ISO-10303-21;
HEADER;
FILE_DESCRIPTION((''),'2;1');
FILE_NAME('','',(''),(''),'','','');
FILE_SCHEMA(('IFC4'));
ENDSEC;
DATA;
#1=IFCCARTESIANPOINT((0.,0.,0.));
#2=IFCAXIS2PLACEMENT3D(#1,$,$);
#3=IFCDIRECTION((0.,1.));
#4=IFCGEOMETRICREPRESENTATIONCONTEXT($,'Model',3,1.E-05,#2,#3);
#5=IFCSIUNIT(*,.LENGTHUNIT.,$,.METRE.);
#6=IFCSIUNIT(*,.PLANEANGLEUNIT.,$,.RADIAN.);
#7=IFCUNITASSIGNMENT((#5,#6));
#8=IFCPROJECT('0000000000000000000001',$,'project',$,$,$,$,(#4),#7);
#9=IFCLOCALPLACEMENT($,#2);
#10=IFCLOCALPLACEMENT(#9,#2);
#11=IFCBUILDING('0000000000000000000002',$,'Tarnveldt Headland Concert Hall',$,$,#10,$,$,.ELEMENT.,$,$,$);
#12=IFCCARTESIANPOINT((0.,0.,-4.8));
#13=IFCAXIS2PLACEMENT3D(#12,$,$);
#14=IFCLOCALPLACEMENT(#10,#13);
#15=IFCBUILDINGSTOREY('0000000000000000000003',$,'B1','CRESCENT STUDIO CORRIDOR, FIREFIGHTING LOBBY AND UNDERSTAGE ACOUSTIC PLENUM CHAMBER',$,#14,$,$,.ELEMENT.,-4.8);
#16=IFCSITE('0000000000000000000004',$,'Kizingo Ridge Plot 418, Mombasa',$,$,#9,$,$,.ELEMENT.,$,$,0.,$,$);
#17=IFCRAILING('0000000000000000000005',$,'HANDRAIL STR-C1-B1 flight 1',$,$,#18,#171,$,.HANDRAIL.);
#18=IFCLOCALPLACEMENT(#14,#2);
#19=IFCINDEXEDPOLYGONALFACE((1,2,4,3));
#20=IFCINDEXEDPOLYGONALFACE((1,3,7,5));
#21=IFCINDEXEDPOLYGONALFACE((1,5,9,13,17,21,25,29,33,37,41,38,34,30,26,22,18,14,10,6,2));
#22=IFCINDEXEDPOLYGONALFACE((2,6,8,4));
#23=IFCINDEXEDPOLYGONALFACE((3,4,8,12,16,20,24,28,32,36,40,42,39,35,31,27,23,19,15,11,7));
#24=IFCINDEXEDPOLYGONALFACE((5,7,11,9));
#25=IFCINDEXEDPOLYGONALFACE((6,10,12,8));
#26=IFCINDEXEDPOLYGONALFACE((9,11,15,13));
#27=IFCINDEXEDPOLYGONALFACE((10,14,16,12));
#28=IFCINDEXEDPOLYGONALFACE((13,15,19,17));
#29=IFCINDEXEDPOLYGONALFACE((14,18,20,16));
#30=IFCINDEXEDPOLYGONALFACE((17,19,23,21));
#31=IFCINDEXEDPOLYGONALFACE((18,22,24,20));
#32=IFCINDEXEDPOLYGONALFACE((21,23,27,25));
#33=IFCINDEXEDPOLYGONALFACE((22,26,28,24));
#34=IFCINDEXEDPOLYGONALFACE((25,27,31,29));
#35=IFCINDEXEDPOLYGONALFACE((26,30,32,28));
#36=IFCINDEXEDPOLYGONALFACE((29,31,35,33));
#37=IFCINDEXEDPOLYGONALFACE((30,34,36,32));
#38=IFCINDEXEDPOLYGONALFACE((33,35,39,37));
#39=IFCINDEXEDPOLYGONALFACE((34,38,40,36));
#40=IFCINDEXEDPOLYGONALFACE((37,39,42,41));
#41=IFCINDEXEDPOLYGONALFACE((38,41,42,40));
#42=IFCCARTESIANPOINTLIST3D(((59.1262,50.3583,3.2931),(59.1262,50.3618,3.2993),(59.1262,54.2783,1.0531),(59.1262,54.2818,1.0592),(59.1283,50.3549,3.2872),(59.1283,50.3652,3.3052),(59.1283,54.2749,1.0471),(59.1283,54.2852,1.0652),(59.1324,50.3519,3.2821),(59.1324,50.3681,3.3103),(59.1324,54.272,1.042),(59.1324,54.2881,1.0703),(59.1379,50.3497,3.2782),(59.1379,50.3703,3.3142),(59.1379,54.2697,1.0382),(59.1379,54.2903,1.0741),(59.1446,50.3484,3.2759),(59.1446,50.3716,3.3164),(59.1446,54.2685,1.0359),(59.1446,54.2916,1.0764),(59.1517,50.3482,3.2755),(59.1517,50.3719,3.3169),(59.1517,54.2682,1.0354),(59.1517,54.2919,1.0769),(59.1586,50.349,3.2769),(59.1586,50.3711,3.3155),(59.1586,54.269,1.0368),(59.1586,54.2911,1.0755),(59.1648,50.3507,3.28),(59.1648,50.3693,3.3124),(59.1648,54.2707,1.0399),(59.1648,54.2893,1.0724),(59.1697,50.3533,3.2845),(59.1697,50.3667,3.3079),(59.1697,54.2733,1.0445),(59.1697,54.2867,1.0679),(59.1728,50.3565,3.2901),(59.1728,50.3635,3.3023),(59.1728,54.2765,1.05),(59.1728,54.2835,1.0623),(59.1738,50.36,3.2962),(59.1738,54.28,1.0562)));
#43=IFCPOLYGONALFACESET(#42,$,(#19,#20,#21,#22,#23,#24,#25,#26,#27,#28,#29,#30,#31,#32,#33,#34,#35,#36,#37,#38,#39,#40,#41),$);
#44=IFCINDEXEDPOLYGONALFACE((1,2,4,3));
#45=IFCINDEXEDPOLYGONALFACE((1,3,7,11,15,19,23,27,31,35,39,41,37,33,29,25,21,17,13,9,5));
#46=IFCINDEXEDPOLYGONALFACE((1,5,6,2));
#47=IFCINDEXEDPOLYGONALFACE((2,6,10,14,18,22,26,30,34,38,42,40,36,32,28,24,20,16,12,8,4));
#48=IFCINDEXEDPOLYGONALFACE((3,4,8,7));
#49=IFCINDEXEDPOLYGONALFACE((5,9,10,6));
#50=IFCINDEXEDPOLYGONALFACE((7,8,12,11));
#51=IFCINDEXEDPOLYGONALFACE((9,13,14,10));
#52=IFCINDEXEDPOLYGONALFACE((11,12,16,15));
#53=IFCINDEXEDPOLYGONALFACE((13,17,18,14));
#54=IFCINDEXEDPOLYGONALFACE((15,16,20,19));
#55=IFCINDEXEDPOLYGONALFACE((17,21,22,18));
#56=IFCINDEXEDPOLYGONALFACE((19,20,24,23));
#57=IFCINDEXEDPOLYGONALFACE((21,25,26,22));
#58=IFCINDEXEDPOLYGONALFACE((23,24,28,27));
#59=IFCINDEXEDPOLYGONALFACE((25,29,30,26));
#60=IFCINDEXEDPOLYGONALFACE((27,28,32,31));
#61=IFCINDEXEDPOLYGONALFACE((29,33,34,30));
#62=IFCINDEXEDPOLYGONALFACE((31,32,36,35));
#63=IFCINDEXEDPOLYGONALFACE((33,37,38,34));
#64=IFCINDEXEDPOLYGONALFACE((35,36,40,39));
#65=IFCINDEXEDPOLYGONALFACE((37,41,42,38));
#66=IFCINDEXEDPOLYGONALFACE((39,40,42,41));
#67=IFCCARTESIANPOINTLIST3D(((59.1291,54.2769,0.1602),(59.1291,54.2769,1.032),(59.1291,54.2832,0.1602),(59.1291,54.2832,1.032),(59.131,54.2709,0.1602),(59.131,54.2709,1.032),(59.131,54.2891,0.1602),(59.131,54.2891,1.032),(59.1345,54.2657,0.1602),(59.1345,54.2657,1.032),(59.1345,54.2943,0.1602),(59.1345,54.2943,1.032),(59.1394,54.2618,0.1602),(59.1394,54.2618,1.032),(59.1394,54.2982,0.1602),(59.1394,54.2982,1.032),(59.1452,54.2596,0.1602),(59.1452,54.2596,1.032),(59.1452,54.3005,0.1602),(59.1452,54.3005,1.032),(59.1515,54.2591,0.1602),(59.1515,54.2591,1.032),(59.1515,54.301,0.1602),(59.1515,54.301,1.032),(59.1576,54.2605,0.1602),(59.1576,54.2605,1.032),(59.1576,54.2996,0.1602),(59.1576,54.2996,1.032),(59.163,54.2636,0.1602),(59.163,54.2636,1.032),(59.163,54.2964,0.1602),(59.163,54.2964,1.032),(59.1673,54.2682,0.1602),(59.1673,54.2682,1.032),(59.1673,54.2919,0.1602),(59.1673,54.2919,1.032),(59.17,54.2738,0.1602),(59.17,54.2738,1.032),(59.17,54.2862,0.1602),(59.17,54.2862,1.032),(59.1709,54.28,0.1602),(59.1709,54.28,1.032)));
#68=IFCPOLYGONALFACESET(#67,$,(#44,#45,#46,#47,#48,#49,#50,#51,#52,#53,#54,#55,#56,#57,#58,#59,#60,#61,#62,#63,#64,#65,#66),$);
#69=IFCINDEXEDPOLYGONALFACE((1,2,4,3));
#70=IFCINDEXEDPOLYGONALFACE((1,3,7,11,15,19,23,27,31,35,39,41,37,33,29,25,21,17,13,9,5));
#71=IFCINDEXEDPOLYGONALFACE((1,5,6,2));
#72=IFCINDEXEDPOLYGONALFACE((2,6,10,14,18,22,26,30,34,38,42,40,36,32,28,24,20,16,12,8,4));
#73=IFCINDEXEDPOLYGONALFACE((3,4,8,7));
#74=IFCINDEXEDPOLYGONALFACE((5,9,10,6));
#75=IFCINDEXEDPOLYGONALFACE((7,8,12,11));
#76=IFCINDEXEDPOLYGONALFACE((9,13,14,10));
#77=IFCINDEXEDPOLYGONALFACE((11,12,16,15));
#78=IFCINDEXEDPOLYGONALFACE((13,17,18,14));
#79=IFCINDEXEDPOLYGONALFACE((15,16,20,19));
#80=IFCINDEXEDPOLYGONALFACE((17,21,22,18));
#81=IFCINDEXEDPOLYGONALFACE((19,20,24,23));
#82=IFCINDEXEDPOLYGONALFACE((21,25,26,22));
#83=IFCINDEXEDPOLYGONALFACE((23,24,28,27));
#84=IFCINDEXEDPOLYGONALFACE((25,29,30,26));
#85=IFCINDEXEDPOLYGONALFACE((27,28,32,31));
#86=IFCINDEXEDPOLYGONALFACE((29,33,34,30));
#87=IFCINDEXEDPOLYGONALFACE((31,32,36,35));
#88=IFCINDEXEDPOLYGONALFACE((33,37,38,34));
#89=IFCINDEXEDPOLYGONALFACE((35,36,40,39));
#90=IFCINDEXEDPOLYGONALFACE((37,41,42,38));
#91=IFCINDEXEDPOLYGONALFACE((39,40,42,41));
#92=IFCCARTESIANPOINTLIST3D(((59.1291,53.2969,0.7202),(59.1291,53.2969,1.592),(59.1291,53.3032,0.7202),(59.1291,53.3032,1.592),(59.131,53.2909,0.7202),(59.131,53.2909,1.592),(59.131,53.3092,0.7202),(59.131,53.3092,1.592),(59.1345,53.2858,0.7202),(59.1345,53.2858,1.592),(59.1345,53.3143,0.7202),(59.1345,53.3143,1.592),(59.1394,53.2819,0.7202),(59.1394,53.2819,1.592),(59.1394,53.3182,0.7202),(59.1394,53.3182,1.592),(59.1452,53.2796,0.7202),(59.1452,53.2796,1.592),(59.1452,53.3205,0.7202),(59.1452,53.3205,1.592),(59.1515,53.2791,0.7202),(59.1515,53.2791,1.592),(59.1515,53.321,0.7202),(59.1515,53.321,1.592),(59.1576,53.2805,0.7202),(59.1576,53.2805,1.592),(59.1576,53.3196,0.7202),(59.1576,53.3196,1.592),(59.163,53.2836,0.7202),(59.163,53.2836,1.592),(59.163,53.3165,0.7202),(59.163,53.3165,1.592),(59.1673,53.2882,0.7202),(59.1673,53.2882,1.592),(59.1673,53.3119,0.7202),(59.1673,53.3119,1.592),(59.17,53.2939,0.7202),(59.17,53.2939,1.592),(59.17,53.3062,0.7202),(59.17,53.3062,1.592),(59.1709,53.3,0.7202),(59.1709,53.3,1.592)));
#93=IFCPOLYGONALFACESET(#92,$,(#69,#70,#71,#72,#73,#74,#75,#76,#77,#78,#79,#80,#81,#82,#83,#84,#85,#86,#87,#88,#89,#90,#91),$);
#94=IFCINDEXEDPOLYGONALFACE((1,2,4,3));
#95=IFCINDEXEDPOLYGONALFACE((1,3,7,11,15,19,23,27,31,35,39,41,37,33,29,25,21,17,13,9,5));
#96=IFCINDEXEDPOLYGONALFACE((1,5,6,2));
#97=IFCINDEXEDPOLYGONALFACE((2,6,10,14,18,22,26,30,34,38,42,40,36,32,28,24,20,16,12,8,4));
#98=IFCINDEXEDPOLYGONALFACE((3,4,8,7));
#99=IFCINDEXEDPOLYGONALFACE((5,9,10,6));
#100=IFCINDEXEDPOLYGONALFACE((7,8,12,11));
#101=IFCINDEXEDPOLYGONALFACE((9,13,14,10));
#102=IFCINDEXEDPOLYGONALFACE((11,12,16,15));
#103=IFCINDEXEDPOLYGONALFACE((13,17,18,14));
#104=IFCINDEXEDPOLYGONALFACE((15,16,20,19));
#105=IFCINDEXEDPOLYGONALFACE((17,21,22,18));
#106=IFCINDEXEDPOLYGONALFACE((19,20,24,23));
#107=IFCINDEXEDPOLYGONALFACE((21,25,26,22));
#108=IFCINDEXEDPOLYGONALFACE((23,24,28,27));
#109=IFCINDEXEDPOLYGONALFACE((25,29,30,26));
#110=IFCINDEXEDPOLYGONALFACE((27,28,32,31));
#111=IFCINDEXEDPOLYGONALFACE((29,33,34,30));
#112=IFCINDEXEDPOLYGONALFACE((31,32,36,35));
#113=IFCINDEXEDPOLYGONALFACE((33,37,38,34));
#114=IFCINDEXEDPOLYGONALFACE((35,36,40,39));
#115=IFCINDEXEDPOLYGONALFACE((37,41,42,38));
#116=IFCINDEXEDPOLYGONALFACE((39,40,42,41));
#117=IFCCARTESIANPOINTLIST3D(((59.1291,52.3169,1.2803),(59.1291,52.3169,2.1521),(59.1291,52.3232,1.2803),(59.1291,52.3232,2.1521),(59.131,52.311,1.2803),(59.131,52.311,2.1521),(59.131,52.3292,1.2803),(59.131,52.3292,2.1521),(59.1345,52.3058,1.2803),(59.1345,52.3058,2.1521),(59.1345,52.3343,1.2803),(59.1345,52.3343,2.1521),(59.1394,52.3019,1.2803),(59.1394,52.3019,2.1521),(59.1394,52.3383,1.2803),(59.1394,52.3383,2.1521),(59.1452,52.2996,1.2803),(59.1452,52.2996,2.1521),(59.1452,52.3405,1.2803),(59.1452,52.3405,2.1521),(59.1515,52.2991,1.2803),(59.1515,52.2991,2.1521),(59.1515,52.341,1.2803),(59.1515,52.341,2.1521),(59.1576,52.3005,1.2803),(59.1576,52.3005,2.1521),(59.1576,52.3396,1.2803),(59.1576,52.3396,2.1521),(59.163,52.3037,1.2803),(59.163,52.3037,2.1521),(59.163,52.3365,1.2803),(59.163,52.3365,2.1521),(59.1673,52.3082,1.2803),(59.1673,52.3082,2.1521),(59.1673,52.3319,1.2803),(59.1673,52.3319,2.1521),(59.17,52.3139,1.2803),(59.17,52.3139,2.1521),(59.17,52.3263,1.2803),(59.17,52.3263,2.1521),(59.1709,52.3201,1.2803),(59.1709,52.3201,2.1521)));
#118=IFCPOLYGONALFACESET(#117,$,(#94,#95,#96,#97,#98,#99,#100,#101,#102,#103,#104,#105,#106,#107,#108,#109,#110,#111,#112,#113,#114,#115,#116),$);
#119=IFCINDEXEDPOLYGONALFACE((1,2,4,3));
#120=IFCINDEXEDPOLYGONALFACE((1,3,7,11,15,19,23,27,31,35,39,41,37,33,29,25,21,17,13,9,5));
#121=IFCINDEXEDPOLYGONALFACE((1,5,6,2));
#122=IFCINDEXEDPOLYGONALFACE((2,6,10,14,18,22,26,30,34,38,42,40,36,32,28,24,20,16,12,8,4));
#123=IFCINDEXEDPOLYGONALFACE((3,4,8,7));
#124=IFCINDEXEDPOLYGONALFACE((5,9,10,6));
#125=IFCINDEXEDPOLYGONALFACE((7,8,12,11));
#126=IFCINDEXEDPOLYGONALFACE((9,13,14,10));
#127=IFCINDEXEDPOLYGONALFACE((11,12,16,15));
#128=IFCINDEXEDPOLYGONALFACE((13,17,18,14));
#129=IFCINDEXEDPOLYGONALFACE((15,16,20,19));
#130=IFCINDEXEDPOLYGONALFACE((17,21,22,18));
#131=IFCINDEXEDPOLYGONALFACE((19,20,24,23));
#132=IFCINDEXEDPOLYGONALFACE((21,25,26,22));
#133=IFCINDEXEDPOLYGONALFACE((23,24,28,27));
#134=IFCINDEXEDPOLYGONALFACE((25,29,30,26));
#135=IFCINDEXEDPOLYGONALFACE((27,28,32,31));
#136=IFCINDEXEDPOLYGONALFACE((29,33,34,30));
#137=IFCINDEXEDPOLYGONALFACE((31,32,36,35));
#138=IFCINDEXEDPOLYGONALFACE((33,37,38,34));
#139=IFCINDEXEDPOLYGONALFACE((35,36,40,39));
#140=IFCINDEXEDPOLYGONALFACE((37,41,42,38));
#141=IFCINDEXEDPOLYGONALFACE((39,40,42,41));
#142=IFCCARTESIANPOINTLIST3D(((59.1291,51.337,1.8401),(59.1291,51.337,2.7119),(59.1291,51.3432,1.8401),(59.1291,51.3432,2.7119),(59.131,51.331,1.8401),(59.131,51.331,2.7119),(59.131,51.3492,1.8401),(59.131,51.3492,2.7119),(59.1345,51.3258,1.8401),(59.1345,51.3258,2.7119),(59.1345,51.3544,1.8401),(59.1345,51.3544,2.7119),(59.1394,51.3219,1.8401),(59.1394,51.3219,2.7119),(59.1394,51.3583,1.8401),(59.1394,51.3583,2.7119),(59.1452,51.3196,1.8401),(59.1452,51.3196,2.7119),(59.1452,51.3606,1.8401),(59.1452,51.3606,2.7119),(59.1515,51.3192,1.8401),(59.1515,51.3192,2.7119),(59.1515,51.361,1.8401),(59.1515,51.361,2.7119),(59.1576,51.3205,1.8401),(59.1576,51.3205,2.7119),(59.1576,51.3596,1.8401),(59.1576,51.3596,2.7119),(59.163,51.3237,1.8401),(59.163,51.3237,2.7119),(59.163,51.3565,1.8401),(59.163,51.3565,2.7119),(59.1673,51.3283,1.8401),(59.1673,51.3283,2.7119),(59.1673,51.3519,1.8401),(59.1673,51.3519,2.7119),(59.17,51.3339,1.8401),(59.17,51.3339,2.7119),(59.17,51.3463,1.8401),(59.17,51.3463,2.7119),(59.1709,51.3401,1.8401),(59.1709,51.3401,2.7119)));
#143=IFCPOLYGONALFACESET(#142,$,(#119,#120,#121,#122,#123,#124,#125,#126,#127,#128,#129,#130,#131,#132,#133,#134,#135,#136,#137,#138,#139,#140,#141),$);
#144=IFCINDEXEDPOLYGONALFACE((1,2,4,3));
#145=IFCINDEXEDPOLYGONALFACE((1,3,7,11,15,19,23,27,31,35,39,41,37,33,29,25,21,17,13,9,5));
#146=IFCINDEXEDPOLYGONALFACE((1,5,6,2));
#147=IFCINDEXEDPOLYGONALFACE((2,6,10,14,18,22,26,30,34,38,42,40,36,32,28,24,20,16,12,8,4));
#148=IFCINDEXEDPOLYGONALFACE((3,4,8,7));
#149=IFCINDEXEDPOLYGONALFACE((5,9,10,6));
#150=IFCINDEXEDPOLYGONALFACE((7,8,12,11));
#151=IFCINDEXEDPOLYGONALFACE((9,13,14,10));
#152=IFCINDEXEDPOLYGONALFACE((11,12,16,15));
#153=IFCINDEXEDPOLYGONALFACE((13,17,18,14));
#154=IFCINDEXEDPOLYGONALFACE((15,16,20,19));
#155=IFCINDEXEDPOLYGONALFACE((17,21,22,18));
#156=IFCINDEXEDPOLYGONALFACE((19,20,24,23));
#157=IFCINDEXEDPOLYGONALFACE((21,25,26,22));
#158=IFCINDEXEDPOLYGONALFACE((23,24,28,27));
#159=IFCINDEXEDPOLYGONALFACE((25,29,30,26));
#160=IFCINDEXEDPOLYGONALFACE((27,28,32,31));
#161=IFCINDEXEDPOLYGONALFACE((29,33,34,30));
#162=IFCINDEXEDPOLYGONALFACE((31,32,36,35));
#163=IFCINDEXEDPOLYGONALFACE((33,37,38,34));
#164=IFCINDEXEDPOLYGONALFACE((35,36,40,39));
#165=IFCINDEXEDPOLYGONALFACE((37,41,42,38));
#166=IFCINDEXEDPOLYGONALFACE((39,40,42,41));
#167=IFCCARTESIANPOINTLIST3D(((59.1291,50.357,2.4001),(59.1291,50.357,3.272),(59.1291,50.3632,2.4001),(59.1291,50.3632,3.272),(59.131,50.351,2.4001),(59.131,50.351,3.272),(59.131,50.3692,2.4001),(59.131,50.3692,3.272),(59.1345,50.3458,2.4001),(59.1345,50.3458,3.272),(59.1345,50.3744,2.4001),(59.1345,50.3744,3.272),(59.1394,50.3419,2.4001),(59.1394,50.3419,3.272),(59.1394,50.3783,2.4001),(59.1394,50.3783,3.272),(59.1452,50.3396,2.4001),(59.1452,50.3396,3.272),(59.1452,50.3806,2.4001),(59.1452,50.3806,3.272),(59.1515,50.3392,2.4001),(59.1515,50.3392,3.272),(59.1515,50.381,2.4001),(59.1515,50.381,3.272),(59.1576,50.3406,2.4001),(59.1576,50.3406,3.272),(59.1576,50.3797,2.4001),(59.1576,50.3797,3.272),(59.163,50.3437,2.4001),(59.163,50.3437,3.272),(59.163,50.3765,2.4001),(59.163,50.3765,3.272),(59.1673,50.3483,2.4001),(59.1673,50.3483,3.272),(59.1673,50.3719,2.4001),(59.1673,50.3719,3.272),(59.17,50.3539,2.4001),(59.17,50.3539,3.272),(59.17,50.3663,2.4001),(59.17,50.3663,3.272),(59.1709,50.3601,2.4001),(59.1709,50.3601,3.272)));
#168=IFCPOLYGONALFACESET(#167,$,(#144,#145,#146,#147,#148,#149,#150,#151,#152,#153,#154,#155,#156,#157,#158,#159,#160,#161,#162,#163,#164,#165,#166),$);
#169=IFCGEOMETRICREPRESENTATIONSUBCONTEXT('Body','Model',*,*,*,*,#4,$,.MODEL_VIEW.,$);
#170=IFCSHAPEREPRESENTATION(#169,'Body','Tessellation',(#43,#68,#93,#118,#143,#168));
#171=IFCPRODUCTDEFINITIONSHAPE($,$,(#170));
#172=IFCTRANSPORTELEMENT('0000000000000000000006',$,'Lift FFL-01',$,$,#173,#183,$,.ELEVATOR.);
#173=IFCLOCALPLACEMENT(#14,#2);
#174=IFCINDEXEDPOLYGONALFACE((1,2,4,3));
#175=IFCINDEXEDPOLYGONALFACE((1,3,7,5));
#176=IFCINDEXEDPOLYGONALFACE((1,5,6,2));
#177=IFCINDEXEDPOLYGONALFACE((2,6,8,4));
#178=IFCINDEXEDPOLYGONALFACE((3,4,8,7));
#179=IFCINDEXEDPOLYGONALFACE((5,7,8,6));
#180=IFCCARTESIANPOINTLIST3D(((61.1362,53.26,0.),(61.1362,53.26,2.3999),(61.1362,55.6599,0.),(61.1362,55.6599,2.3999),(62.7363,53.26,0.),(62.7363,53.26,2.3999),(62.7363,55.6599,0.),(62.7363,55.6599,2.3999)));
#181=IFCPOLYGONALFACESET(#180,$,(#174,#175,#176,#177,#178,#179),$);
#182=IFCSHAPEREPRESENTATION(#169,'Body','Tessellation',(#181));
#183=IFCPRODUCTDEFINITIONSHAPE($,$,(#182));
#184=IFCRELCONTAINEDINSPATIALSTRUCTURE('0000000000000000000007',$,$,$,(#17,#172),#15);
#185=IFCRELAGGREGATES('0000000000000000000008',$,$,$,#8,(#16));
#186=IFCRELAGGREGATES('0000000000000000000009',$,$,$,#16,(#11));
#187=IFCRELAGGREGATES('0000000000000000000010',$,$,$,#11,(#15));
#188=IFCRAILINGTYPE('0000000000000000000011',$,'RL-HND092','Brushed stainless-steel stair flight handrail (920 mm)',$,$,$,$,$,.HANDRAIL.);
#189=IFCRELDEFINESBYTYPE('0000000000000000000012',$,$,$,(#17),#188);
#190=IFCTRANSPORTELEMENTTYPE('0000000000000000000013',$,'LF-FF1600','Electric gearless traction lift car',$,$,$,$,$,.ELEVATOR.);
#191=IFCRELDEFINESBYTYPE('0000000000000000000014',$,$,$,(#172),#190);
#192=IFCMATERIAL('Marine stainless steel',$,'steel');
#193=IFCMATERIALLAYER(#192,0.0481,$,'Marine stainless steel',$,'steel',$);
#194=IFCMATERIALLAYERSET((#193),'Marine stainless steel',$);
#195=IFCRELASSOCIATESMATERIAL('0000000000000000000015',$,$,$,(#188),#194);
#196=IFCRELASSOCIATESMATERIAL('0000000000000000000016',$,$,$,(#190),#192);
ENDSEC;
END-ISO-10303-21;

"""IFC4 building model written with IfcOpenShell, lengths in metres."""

from ifc_helpers import new_model, si_unit, direction, frame, origin, origin_2d, place, context, subcontext, project, spatial, rectangle, circle, extrude, material, layer, layer_set, type_object, element, save


model = new_model("IFC4")

# Units and contexts
model_context = context("Model", 3, precision=1e-05, world=origin(), true_north=direction((0.0, 1.0)))
body_context = subcontext(model_context, "Body", "Model", "MODEL_VIEW")
ifc_project = project(units=[si_unit("LENGTHUNIT", "METRE"), si_unit("PLANEANGLEUNIT", "RADIAN")], contexts=[model_context])

# Site, building, storey
site_placement = place(None, origin())
site = spatial("IfcSite", under=ifc_project, at=site_placement, Name="Kizingo Ridge Plot 418, Mombasa", CompositionType="ELEMENT", RefElevation=0.0)
building_placement = place(site_placement, origin())
building = spatial("IfcBuilding", under=site, at=building_placement, Name="Tarnveldt Headland Concert Hall", CompositionType="ELEMENT")
storey_placement = place(building_placement, frame((0.0, 0.0, -4.8)))
storey = spatial("IfcBuildingStorey", under=building, at=storey_placement, Name="B1", Description="CRESCENT STUDIO CORRIDOR, FIREFIGHTING LOBBY AND UNDERSTAGE ACOUSTIC PLENUM CHAMBER", CompositionType="ELEMENT", Elevation=-4.8)

# Railing
ifc_material_1 = material(Name="Marine stainless steel", Category="steel")
ifc_layer_1 = layer(ifc_material_1, 0.0481, Name="Marine stainless steel", Category="steel")
ifc_layer_set_1 = layer_set([ifc_layer_1], Name="Marine stainless steel")
railing_type = type_object("IfcRailingType", Name="RL-HND092", Description="Brushed stainless-steel stair flight handrail (920 mm)", PredefinedType="HANDRAIL", material=ifc_layer_set_1)
railing_placement = place(storey_placement, frame((59.1499, 54.28, 0.1602)))
element("IfcRailing", 1, at=railing_placement, inside=storey, type_object=railing_type, Name="HANDRAIL STR-C1-B1 flight 1", PredefinedType="HANDRAIL", context=body_context, shape_type="SweptSolid", body=[
    extrude(circle(Radius=0.0239, at=origin_2d()), frame((0.0, 0.0, 0.896), z_axis=(0.0, -0.86824, 0.496145), x_axis=(1.0, 0.0, 0.0)), (0.0, 0.0, 1.0), 4.5149),
    extrude(circle(Radius=0.021, at=origin_2d()), origin(), (0.0, 0.0, 1.0), 0.8718),
    extrude(circle(Radius=0.021, at=origin_2d()), frame((0.0, -0.98, 0.5601)), (0.0, 0.0, 1.0), 0.8718),
    extrude(circle(Radius=0.021, at=origin_2d()), frame((0.0, -1.96, 1.1201)), (0.0, 0.0, 1.0), 0.8718),
    extrude(circle(Radius=0.021, at=origin_2d()), frame((0.0, -2.9399, 1.6799)), (0.0, 0.0, 1.0), 0.8718),
    extrude(circle(Radius=0.021, at=origin_2d()), frame((0.0, -3.9199, 2.24)), (0.0, 0.0, 1.0), 0.8718),
])

# Transport element
transport_element_type = type_object("IfcTransportElementType", Name="LF-FF1600", Description="Electric gearless traction lift car", PredefinedType="ELEVATOR", material=ifc_material_1)
transport_element_placement = place(storey_placement, frame((61.9363, 54.46, 0.0), z_axis=(0.0, 0.0, 1.0), x_axis=(1.0, 0.0, 0.0)))
element("IfcTransportElement", 2, at=transport_element_placement, inside=storey, type_object=transport_element_type, Name="Lift FFL-01", PredefinedType="ELEVATOR", context=body_context, shape_type="SweptSolid", body=[
    extrude(rectangle(XDim=1.6001, YDim=2.3999, at=origin_2d()), origin(), (0.0, 0.0, 1.0), 2.3999),
])

save(model, "model.ifc")
